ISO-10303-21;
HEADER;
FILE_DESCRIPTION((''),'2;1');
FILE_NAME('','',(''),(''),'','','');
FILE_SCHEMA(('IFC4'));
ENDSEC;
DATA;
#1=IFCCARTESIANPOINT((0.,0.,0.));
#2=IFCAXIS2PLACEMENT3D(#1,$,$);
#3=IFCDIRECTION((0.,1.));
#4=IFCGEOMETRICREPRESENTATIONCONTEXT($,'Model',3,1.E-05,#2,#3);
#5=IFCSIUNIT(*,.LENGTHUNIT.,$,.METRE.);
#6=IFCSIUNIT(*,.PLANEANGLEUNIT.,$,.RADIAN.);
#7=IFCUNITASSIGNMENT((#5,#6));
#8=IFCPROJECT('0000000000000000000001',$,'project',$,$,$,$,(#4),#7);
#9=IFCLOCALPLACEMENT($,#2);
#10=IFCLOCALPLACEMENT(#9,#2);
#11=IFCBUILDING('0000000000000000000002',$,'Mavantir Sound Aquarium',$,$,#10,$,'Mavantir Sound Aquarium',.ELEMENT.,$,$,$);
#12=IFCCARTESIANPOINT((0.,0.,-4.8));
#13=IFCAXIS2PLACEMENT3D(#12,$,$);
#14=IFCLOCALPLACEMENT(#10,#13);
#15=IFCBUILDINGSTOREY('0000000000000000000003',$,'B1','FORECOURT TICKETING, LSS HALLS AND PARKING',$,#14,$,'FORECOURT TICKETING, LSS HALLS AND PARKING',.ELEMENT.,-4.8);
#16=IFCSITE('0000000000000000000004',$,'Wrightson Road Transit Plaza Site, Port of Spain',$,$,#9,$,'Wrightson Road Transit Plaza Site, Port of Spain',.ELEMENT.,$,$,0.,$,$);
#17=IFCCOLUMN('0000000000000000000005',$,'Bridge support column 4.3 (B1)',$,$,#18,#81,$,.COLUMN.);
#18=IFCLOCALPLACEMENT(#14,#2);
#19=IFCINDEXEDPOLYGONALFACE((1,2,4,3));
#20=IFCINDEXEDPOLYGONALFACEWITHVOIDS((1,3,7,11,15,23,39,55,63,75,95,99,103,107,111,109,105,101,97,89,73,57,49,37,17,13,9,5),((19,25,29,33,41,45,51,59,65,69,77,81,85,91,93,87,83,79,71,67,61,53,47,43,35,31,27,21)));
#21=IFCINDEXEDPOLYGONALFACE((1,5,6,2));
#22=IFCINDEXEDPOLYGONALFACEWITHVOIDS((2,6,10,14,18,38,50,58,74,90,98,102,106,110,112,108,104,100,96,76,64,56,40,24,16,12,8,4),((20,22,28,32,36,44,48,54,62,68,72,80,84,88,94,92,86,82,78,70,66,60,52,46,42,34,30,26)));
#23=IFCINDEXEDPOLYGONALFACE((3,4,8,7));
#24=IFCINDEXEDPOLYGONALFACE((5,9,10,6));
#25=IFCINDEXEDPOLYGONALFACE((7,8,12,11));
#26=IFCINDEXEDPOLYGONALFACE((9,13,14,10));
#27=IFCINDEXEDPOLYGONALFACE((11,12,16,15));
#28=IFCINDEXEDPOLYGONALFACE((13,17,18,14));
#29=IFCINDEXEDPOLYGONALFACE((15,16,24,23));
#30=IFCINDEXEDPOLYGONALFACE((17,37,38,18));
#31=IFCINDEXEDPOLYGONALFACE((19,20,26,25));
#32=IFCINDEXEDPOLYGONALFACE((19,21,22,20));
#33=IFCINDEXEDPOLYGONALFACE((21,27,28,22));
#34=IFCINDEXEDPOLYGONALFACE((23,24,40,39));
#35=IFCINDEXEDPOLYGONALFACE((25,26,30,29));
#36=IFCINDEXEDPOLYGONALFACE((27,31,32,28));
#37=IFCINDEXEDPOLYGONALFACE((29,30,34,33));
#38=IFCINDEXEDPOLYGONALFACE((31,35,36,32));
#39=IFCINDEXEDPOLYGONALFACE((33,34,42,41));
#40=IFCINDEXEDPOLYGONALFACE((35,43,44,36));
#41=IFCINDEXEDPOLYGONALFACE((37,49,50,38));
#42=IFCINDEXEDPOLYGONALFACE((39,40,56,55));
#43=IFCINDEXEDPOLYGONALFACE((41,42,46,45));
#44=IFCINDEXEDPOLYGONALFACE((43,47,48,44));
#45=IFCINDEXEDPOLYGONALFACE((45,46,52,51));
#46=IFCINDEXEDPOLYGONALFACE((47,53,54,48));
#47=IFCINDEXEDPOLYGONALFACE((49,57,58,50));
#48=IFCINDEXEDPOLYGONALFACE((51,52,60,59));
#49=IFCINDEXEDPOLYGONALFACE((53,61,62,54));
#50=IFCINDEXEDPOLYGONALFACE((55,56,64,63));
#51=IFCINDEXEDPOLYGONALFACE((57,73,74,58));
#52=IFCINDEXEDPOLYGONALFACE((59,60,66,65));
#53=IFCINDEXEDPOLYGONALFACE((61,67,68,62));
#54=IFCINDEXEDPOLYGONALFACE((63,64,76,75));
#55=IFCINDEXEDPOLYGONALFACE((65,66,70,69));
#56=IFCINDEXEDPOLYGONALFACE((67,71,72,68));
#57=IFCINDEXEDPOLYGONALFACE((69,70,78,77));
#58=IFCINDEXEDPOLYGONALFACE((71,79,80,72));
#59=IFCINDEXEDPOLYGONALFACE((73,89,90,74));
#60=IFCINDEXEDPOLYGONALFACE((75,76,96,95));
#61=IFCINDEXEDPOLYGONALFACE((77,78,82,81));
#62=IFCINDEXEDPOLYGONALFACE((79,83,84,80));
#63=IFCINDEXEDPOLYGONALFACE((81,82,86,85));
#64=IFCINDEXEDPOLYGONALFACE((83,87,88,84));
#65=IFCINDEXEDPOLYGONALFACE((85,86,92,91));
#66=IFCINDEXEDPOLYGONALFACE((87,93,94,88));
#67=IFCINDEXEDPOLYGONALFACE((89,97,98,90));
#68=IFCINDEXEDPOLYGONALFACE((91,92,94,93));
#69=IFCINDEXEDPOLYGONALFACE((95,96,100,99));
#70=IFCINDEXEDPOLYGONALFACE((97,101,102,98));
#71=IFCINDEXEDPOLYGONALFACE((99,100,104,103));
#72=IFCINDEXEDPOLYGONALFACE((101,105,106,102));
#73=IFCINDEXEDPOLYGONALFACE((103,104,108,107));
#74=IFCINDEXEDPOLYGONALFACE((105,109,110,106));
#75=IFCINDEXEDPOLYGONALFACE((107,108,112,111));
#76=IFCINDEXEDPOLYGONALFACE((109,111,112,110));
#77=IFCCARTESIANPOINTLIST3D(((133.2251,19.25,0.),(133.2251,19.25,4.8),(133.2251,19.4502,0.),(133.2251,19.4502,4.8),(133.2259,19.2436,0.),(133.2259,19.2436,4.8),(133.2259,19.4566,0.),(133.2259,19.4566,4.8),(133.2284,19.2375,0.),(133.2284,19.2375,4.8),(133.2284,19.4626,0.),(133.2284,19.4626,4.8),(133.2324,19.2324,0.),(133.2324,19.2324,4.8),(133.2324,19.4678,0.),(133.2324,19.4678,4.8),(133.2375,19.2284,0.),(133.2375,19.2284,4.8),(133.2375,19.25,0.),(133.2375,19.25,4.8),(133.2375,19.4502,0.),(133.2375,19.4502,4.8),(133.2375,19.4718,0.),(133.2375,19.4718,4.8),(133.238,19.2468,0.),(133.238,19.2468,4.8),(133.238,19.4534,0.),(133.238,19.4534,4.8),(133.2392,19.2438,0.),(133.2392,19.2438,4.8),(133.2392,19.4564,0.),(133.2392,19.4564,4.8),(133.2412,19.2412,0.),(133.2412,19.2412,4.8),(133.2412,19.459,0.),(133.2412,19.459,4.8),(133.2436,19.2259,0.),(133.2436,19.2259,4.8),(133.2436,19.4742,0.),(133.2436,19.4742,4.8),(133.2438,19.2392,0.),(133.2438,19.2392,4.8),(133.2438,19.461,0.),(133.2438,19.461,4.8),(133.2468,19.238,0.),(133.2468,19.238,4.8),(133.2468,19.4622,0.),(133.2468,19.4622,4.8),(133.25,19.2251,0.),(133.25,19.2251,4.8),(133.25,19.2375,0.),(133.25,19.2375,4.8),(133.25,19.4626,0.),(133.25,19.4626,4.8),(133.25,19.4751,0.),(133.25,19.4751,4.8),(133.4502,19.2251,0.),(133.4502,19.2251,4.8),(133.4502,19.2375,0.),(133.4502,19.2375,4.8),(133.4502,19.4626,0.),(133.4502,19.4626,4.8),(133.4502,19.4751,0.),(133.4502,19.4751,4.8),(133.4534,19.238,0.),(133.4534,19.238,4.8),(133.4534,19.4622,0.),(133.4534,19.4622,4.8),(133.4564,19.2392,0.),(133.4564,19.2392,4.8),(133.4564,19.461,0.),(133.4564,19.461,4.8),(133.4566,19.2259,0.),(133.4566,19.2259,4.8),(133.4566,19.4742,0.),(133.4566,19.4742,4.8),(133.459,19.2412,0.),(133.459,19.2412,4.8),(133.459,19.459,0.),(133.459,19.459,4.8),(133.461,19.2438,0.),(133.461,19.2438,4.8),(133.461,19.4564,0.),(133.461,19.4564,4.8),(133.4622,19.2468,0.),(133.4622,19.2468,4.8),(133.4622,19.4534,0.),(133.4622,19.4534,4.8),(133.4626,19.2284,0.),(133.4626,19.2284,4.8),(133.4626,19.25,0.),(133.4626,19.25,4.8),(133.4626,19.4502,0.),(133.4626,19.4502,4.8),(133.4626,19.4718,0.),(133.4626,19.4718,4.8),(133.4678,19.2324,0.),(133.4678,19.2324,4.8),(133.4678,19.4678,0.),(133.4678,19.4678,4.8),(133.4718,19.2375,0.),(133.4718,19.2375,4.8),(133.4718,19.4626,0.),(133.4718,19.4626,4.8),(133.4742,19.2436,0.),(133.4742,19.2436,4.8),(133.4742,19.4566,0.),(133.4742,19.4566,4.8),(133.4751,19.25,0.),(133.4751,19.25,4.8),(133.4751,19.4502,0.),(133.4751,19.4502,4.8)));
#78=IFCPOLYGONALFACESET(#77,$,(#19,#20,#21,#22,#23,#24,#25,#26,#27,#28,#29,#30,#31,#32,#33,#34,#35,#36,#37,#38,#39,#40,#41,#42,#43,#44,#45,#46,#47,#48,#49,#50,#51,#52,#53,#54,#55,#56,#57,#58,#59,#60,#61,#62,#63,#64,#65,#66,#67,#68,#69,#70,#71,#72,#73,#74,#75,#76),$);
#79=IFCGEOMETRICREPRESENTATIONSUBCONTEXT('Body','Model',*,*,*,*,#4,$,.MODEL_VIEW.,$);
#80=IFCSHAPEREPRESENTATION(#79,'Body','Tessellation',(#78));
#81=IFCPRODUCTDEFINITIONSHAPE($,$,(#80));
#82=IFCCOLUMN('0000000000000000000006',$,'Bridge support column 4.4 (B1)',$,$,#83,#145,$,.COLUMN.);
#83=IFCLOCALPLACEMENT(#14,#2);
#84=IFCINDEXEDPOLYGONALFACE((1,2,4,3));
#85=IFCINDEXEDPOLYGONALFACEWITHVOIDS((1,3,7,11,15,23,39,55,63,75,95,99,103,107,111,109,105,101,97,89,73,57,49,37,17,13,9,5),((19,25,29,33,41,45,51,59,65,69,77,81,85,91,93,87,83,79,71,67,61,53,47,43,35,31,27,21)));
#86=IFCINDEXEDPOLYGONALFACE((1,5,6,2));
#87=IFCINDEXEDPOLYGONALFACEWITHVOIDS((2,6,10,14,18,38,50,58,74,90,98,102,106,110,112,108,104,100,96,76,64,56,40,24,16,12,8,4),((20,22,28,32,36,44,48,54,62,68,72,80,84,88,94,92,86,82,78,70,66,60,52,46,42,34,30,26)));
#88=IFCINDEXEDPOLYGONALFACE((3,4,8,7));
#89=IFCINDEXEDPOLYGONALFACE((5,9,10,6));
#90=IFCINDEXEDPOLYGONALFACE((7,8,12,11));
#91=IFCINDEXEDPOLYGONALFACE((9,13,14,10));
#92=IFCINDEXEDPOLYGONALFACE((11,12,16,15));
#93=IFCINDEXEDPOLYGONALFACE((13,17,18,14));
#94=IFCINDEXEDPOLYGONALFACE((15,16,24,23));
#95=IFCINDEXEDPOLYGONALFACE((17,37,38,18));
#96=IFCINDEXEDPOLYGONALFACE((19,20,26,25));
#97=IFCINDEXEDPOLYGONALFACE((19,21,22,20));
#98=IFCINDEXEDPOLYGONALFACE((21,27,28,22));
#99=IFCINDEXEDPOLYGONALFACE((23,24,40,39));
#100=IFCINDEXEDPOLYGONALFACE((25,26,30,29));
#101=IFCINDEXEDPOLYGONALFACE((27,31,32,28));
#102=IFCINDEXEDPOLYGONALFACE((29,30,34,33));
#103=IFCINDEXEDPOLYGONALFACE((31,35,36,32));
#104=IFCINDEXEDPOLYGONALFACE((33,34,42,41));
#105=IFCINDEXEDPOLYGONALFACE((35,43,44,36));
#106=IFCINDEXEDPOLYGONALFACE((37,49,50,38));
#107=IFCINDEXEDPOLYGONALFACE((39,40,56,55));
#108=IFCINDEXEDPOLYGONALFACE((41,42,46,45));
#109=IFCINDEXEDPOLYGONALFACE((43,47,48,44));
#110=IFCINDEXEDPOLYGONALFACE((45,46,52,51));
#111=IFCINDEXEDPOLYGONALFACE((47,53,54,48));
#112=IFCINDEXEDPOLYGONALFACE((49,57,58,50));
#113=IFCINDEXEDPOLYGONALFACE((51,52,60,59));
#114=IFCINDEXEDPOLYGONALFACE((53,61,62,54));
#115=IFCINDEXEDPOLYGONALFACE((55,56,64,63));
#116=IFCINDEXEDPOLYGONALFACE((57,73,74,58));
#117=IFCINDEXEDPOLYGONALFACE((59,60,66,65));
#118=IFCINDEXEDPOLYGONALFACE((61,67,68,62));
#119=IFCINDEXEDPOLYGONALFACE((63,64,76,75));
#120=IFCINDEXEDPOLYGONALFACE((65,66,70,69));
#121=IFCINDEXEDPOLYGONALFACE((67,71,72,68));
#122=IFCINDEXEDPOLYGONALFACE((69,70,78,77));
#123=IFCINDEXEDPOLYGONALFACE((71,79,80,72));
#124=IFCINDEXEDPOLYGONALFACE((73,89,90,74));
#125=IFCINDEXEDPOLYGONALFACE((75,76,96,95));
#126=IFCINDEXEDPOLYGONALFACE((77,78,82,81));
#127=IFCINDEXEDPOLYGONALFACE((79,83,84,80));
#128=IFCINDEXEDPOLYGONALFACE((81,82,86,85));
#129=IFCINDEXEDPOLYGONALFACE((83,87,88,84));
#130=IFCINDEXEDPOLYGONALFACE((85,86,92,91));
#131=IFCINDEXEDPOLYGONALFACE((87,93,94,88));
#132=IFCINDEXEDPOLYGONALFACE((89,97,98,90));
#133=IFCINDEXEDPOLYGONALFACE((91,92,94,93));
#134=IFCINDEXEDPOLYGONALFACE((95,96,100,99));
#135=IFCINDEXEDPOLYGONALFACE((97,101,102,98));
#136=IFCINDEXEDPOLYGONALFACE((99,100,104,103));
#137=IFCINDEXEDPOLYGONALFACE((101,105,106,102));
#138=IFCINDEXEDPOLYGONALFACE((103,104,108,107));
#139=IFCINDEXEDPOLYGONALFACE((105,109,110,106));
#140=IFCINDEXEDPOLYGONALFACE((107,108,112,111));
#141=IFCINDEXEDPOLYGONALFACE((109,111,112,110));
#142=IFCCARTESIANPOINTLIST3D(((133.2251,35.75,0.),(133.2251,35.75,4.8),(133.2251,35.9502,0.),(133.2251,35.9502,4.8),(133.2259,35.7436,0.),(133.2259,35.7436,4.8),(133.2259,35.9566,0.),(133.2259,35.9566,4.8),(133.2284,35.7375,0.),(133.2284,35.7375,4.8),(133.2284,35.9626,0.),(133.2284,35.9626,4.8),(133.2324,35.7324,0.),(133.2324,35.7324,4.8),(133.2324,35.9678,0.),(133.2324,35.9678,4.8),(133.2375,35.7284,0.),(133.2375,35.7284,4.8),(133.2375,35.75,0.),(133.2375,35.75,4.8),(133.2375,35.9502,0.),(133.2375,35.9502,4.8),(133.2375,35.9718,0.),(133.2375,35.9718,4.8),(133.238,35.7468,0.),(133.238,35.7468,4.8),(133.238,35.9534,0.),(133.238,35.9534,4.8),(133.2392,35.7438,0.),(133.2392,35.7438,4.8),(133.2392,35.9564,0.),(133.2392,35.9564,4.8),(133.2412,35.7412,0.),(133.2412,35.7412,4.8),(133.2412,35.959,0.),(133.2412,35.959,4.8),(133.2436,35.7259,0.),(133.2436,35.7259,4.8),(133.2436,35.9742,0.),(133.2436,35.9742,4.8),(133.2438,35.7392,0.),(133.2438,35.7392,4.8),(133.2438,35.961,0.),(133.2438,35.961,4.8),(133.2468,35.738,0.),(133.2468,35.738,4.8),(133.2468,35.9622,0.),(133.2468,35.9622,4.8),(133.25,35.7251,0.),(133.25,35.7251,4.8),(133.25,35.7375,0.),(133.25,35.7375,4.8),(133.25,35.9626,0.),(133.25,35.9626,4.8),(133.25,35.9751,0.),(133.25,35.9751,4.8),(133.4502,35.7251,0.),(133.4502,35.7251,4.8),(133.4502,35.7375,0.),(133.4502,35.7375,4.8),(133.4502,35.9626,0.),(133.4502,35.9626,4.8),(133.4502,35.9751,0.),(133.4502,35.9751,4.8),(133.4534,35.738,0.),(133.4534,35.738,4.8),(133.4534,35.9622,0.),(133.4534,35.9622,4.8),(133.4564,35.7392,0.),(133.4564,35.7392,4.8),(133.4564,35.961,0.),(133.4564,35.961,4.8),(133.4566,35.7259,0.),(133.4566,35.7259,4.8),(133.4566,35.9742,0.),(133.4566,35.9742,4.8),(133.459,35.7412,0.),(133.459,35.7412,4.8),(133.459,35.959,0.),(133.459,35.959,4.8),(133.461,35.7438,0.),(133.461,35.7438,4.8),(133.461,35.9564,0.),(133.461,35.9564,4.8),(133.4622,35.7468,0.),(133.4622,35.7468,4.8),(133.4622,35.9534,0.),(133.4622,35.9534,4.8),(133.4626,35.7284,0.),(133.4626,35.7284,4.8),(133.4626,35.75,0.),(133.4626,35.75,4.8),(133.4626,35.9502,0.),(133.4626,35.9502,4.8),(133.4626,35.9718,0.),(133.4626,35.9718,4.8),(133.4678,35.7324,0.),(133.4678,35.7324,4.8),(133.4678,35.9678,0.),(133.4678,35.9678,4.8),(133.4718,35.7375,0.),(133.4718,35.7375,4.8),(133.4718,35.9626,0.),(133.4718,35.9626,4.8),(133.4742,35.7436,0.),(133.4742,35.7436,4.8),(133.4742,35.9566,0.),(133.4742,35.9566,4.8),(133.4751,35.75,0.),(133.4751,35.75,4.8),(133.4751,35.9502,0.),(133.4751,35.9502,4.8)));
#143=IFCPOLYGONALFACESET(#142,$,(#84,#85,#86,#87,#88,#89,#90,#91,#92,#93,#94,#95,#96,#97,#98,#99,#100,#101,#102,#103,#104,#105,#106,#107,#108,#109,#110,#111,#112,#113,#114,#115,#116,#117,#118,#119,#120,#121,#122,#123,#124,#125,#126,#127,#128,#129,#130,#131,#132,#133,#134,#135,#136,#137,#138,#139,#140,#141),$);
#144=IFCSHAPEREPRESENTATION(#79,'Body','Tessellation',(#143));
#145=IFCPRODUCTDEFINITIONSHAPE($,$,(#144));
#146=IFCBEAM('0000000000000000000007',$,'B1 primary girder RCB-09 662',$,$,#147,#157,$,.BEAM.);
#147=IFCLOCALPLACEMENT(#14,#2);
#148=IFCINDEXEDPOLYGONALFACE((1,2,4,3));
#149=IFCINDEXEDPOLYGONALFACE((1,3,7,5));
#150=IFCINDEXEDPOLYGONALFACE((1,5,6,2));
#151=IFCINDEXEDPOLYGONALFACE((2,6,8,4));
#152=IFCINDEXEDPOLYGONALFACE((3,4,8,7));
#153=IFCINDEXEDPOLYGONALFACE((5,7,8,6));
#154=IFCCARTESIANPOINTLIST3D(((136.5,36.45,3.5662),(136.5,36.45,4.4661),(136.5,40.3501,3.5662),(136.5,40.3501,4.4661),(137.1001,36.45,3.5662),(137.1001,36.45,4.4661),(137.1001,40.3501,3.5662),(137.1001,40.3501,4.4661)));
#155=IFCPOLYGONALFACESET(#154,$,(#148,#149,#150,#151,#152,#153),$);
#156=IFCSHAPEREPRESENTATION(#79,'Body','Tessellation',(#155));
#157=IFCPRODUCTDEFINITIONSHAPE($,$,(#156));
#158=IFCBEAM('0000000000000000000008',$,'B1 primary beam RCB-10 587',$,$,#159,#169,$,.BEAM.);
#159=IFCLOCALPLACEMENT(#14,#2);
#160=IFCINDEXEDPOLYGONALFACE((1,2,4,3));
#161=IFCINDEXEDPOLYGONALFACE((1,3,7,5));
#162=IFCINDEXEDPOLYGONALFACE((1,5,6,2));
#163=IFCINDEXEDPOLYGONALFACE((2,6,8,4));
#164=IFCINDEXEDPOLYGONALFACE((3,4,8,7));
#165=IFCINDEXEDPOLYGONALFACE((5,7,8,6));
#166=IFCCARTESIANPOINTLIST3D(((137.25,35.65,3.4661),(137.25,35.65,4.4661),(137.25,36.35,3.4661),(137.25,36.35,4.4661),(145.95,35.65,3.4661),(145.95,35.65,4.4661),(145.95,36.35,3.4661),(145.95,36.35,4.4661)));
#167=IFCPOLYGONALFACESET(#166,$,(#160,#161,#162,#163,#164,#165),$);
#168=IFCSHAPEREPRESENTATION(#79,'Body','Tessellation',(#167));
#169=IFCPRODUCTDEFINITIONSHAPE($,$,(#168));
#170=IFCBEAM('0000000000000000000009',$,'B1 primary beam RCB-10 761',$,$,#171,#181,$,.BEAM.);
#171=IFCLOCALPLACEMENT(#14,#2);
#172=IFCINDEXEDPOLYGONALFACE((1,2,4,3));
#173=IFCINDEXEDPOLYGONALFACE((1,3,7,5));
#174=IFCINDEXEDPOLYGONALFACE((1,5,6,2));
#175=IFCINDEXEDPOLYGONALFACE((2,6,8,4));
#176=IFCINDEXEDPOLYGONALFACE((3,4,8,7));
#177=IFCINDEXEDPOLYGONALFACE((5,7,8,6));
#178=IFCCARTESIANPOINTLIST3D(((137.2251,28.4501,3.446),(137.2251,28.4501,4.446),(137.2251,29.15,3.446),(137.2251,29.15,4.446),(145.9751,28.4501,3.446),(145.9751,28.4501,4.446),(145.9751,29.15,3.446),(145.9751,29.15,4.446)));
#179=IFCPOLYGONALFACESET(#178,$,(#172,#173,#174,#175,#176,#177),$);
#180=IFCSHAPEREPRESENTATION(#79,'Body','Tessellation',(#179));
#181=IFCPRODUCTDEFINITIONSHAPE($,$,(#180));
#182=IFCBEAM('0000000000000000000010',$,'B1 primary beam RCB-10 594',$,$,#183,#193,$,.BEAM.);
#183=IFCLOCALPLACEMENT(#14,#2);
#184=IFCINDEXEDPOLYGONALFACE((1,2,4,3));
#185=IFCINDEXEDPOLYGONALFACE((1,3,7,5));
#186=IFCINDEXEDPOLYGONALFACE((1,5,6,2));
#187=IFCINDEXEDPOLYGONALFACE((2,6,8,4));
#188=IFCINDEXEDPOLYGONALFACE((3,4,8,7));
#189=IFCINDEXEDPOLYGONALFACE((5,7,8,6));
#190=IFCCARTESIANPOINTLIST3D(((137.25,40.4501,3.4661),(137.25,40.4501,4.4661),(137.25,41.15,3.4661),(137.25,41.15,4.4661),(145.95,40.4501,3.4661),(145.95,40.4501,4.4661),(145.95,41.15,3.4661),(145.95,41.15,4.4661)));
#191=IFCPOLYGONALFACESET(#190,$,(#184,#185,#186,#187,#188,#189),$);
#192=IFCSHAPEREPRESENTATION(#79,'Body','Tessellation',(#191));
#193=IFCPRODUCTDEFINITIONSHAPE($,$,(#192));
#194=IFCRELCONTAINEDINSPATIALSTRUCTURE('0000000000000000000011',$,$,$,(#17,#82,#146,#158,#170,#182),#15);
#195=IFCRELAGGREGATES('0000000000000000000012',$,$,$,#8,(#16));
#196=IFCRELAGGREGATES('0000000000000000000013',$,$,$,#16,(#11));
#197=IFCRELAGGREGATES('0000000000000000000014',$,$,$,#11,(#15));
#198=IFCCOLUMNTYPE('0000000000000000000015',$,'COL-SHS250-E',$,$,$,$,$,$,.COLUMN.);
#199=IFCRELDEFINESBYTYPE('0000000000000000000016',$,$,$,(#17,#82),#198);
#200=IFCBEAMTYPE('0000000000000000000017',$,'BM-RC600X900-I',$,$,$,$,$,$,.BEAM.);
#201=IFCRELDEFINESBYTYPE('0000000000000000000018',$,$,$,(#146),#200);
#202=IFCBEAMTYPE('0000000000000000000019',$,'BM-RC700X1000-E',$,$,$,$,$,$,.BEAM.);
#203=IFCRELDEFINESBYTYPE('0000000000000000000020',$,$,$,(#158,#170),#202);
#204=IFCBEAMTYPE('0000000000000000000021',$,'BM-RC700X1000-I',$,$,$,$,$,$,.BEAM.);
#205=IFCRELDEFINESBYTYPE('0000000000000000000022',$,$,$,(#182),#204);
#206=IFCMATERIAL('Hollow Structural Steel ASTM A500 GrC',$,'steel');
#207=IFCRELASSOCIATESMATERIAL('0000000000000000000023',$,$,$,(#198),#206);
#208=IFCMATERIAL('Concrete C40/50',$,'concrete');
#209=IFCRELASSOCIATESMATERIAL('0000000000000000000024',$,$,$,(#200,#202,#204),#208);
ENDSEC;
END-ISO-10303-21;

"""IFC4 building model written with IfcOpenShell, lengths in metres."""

from ifc_helpers import new_model, si_unit, direction, frame, origin, origin_2d, place, context, subcontext, project, spatial, rectangle, hollow_rectangle, extrude, material, material_profile, profile_set, type_object, element, save


model = new_model("IFC4")

# Units and contexts
model_context = context("Model", 3, precision=1e-05, world=origin(), true_north=direction((0.0, 1.0)))
body_context = subcontext(model_context, "Body", "Model", "MODEL_VIEW")
ifc_project = project(units=[si_unit("LENGTHUNIT", "METRE"), si_unit("PLANEANGLEUNIT", "RADIAN")], contexts=[model_context])

# Site, building, storey
site_placement = place(None, origin())
site = spatial("IfcSite", under=ifc_project, at=site_placement, Name="Wrightson Road Transit Plaza Site, Port of Spain", LongName="Wrightson Road Transit Plaza Site, Port of Spain", CompositionType="ELEMENT", RefElevation=0.0)
building_placement = place(site_placement, origin())
building = spatial("IfcBuilding", under=site, at=building_placement, Name="Mavantir Sound Aquarium", LongName="Mavantir Sound Aquarium", CompositionType="ELEMENT")
storey_placement = place(building_placement, frame((0.0, 0.0, -4.8)))
storey = spatial("IfcBuildingStorey", under=building, at=storey_placement, Name="B1", Description="FORECOURT TICKETING, LSS HALLS AND PARKING", LongName="FORECOURT TICKETING, LSS HALLS AND PARKING", CompositionType="ELEMENT", Elevation=-4.8)

# Columns
ifc_material_1 = material(Name="Concrete C40/50", Category="concrete")
ifc_material_2 = material(Name="Hollow Structural Steel ASTM A500 GrC", Category="steel")
ifc_material_profile_1 = material_profile(ifc_material_2, hollow_rectangle(XDim=0.25, YDim=0.25, WallThickness=0.0125, InnerFilletRadius=0.0125, OuterFilletRadius=0.0249, at=origin_2d()), Name="SHS 250X250X12.5")
ifc_profile_set_1 = profile_set([ifc_material_profile_1], Name="Hollow Structural Steel ASTM A500 GrC")
column_type_1 = type_object("IfcColumnType", Name="COL-SHS250-E", PredefinedType="COLUMN", material=ifc_profile_set_1)
for number, where, z_axis, x_axis, name in (
    (1, (133.3501, 19.3501, 0.0), (0.0, 0.0, 1.0), (1.0, 0.0, 0.0), "Bridge support column 4.3 (B1)"),
    (2, (133.3501, 35.8501, 0.0), (0.0, 0.0, 1.0), (1.0, 0.0, 0.0), "Bridge support column 4.4 (B1)"),
):
    element("IfcColumn", number, at=place(storey_placement, frame(where, z_axis=z_axis, x_axis=x_axis)), inside=storey, type_object=column_type_1, Name=name, PredefinedType="COLUMN", context=body_context, shape_type="SweptSolid", body=[
        extrude(hollow_rectangle(XDim=0.25, YDim=0.25, WallThickness=0.0125, InnerFilletRadius=0.0125, OuterFilletRadius=0.0249, at=origin_2d()), origin(), (0.0, 0.0, 1.0), 4.8),
    ])

# Beams
ifc_material_profile_2 = material_profile(ifc_material_1, rectangle(XDim=0.6001, YDim=0.8999, at=origin_2d()), Name="RC 600X900")
ifc_profile_set_2 = profile_set([ifc_material_profile_2], Name="Concrete C40/50")
beam_type_1 = type_object("IfcBeamType", Name="BM-RC600X900-I", PredefinedType="BEAM", material=ifc_profile_set_2)
beam_1_placement = place(storey_placement, frame((136.8, 36.45, 4.0161), z_axis=(0.0, 1.0, 0.0), x_axis=(-1.0, 0.0, 0.0)))
element("IfcBeam", 3, at=beam_1_placement, inside=storey, type_object=beam_type_1, Name="B1 primary girder RCB-09 662", PredefinedType="BEAM", context=body_context, shape_type="SweptSolid", body=[
    extrude(rectangle(XDim=0.6001, YDim=0.8999, at=origin_2d()), origin(), (0.0, 0.0, 1.0), 3.9001),
])
ifc_material_profile_3 = material_profile(ifc_material_1, rectangle(XDim=0.7, YDim=1.0, at=origin_2d()), Name="RC 700X1000")
ifc_profile_set_3 = profile_set([ifc_material_profile_3], Name="Concrete C40/50")
beam_type_2 = type_object("IfcBeamType", Name="BM-RC700X1000-E", PredefinedType="BEAM", material=ifc_profile_set_3)
beam_2_placement = place(storey_placement, frame((137.25, 36.0, 3.9661), z_axis=(1.0, 0.0, 0.0), x_axis=(0.0, 1.0, 0.0)))
element("IfcBeam", 4, at=beam_2_placement, inside=storey, type_object=beam_type_2, Name="B1 primary beam RCB-10 587", PredefinedType="BEAM", context=body_context, shape_type="SweptSolid", body=[
    extrude(rectangle(XDim=0.7, YDim=1.0, at=origin_2d()), origin(), (0.0, 0.0, 1.0), 8.7),
])
beam_3_placement = place(storey_placement, frame((137.2251, 28.8, 3.946), z_axis=(1.0, 0.0, 0.0), x_axis=(0.0, 1.0, 0.0)))
element("IfcBeam", 5, at=beam_3_placement, inside=storey, type_object=beam_type_2, Name="B1 primary beam RCB-10 761", PredefinedType="BEAM", context=body_context, shape_type="SweptSolid", body=[
    extrude(rectangle(XDim=0.7, YDim=1.0, at=origin_2d()), origin(), (0.0, 0.0, 1.0), 8.75),
])
ifc_material_profile_4 = material_profile(ifc_material_1, rectangle(XDim=0.7, YDim=1.0, at=origin_2d()), Name="RC 700X1000")
ifc_profile_set_4 = profile_set([ifc_material_profile_4], Name="Concrete C40/50")
beam_type_3 = type_object("IfcBeamType", Name="BM-RC700X1000-I", PredefinedType="BEAM", material=ifc_profile_set_4)
beam_4_placement = place(storey_placement, frame((137.25, 40.8, 3.9661), z_axis=(1.0, 0.0, 0.0), x_axis=(0.0, 1.0, 0.0)))
element("IfcBeam", 6, at=beam_4_placement, inside=storey, type_object=beam_type_3, Name="B1 primary beam RCB-10 594", PredefinedType="BEAM", context=body_context, shape_type="SweptSolid", body=[
    extrude(rectangle(XDim=0.7, YDim=1.0, at=origin_2d()), origin(), (0.0, 0.0, 1.0), 8.7),
])

save(model, "model.ifc")
